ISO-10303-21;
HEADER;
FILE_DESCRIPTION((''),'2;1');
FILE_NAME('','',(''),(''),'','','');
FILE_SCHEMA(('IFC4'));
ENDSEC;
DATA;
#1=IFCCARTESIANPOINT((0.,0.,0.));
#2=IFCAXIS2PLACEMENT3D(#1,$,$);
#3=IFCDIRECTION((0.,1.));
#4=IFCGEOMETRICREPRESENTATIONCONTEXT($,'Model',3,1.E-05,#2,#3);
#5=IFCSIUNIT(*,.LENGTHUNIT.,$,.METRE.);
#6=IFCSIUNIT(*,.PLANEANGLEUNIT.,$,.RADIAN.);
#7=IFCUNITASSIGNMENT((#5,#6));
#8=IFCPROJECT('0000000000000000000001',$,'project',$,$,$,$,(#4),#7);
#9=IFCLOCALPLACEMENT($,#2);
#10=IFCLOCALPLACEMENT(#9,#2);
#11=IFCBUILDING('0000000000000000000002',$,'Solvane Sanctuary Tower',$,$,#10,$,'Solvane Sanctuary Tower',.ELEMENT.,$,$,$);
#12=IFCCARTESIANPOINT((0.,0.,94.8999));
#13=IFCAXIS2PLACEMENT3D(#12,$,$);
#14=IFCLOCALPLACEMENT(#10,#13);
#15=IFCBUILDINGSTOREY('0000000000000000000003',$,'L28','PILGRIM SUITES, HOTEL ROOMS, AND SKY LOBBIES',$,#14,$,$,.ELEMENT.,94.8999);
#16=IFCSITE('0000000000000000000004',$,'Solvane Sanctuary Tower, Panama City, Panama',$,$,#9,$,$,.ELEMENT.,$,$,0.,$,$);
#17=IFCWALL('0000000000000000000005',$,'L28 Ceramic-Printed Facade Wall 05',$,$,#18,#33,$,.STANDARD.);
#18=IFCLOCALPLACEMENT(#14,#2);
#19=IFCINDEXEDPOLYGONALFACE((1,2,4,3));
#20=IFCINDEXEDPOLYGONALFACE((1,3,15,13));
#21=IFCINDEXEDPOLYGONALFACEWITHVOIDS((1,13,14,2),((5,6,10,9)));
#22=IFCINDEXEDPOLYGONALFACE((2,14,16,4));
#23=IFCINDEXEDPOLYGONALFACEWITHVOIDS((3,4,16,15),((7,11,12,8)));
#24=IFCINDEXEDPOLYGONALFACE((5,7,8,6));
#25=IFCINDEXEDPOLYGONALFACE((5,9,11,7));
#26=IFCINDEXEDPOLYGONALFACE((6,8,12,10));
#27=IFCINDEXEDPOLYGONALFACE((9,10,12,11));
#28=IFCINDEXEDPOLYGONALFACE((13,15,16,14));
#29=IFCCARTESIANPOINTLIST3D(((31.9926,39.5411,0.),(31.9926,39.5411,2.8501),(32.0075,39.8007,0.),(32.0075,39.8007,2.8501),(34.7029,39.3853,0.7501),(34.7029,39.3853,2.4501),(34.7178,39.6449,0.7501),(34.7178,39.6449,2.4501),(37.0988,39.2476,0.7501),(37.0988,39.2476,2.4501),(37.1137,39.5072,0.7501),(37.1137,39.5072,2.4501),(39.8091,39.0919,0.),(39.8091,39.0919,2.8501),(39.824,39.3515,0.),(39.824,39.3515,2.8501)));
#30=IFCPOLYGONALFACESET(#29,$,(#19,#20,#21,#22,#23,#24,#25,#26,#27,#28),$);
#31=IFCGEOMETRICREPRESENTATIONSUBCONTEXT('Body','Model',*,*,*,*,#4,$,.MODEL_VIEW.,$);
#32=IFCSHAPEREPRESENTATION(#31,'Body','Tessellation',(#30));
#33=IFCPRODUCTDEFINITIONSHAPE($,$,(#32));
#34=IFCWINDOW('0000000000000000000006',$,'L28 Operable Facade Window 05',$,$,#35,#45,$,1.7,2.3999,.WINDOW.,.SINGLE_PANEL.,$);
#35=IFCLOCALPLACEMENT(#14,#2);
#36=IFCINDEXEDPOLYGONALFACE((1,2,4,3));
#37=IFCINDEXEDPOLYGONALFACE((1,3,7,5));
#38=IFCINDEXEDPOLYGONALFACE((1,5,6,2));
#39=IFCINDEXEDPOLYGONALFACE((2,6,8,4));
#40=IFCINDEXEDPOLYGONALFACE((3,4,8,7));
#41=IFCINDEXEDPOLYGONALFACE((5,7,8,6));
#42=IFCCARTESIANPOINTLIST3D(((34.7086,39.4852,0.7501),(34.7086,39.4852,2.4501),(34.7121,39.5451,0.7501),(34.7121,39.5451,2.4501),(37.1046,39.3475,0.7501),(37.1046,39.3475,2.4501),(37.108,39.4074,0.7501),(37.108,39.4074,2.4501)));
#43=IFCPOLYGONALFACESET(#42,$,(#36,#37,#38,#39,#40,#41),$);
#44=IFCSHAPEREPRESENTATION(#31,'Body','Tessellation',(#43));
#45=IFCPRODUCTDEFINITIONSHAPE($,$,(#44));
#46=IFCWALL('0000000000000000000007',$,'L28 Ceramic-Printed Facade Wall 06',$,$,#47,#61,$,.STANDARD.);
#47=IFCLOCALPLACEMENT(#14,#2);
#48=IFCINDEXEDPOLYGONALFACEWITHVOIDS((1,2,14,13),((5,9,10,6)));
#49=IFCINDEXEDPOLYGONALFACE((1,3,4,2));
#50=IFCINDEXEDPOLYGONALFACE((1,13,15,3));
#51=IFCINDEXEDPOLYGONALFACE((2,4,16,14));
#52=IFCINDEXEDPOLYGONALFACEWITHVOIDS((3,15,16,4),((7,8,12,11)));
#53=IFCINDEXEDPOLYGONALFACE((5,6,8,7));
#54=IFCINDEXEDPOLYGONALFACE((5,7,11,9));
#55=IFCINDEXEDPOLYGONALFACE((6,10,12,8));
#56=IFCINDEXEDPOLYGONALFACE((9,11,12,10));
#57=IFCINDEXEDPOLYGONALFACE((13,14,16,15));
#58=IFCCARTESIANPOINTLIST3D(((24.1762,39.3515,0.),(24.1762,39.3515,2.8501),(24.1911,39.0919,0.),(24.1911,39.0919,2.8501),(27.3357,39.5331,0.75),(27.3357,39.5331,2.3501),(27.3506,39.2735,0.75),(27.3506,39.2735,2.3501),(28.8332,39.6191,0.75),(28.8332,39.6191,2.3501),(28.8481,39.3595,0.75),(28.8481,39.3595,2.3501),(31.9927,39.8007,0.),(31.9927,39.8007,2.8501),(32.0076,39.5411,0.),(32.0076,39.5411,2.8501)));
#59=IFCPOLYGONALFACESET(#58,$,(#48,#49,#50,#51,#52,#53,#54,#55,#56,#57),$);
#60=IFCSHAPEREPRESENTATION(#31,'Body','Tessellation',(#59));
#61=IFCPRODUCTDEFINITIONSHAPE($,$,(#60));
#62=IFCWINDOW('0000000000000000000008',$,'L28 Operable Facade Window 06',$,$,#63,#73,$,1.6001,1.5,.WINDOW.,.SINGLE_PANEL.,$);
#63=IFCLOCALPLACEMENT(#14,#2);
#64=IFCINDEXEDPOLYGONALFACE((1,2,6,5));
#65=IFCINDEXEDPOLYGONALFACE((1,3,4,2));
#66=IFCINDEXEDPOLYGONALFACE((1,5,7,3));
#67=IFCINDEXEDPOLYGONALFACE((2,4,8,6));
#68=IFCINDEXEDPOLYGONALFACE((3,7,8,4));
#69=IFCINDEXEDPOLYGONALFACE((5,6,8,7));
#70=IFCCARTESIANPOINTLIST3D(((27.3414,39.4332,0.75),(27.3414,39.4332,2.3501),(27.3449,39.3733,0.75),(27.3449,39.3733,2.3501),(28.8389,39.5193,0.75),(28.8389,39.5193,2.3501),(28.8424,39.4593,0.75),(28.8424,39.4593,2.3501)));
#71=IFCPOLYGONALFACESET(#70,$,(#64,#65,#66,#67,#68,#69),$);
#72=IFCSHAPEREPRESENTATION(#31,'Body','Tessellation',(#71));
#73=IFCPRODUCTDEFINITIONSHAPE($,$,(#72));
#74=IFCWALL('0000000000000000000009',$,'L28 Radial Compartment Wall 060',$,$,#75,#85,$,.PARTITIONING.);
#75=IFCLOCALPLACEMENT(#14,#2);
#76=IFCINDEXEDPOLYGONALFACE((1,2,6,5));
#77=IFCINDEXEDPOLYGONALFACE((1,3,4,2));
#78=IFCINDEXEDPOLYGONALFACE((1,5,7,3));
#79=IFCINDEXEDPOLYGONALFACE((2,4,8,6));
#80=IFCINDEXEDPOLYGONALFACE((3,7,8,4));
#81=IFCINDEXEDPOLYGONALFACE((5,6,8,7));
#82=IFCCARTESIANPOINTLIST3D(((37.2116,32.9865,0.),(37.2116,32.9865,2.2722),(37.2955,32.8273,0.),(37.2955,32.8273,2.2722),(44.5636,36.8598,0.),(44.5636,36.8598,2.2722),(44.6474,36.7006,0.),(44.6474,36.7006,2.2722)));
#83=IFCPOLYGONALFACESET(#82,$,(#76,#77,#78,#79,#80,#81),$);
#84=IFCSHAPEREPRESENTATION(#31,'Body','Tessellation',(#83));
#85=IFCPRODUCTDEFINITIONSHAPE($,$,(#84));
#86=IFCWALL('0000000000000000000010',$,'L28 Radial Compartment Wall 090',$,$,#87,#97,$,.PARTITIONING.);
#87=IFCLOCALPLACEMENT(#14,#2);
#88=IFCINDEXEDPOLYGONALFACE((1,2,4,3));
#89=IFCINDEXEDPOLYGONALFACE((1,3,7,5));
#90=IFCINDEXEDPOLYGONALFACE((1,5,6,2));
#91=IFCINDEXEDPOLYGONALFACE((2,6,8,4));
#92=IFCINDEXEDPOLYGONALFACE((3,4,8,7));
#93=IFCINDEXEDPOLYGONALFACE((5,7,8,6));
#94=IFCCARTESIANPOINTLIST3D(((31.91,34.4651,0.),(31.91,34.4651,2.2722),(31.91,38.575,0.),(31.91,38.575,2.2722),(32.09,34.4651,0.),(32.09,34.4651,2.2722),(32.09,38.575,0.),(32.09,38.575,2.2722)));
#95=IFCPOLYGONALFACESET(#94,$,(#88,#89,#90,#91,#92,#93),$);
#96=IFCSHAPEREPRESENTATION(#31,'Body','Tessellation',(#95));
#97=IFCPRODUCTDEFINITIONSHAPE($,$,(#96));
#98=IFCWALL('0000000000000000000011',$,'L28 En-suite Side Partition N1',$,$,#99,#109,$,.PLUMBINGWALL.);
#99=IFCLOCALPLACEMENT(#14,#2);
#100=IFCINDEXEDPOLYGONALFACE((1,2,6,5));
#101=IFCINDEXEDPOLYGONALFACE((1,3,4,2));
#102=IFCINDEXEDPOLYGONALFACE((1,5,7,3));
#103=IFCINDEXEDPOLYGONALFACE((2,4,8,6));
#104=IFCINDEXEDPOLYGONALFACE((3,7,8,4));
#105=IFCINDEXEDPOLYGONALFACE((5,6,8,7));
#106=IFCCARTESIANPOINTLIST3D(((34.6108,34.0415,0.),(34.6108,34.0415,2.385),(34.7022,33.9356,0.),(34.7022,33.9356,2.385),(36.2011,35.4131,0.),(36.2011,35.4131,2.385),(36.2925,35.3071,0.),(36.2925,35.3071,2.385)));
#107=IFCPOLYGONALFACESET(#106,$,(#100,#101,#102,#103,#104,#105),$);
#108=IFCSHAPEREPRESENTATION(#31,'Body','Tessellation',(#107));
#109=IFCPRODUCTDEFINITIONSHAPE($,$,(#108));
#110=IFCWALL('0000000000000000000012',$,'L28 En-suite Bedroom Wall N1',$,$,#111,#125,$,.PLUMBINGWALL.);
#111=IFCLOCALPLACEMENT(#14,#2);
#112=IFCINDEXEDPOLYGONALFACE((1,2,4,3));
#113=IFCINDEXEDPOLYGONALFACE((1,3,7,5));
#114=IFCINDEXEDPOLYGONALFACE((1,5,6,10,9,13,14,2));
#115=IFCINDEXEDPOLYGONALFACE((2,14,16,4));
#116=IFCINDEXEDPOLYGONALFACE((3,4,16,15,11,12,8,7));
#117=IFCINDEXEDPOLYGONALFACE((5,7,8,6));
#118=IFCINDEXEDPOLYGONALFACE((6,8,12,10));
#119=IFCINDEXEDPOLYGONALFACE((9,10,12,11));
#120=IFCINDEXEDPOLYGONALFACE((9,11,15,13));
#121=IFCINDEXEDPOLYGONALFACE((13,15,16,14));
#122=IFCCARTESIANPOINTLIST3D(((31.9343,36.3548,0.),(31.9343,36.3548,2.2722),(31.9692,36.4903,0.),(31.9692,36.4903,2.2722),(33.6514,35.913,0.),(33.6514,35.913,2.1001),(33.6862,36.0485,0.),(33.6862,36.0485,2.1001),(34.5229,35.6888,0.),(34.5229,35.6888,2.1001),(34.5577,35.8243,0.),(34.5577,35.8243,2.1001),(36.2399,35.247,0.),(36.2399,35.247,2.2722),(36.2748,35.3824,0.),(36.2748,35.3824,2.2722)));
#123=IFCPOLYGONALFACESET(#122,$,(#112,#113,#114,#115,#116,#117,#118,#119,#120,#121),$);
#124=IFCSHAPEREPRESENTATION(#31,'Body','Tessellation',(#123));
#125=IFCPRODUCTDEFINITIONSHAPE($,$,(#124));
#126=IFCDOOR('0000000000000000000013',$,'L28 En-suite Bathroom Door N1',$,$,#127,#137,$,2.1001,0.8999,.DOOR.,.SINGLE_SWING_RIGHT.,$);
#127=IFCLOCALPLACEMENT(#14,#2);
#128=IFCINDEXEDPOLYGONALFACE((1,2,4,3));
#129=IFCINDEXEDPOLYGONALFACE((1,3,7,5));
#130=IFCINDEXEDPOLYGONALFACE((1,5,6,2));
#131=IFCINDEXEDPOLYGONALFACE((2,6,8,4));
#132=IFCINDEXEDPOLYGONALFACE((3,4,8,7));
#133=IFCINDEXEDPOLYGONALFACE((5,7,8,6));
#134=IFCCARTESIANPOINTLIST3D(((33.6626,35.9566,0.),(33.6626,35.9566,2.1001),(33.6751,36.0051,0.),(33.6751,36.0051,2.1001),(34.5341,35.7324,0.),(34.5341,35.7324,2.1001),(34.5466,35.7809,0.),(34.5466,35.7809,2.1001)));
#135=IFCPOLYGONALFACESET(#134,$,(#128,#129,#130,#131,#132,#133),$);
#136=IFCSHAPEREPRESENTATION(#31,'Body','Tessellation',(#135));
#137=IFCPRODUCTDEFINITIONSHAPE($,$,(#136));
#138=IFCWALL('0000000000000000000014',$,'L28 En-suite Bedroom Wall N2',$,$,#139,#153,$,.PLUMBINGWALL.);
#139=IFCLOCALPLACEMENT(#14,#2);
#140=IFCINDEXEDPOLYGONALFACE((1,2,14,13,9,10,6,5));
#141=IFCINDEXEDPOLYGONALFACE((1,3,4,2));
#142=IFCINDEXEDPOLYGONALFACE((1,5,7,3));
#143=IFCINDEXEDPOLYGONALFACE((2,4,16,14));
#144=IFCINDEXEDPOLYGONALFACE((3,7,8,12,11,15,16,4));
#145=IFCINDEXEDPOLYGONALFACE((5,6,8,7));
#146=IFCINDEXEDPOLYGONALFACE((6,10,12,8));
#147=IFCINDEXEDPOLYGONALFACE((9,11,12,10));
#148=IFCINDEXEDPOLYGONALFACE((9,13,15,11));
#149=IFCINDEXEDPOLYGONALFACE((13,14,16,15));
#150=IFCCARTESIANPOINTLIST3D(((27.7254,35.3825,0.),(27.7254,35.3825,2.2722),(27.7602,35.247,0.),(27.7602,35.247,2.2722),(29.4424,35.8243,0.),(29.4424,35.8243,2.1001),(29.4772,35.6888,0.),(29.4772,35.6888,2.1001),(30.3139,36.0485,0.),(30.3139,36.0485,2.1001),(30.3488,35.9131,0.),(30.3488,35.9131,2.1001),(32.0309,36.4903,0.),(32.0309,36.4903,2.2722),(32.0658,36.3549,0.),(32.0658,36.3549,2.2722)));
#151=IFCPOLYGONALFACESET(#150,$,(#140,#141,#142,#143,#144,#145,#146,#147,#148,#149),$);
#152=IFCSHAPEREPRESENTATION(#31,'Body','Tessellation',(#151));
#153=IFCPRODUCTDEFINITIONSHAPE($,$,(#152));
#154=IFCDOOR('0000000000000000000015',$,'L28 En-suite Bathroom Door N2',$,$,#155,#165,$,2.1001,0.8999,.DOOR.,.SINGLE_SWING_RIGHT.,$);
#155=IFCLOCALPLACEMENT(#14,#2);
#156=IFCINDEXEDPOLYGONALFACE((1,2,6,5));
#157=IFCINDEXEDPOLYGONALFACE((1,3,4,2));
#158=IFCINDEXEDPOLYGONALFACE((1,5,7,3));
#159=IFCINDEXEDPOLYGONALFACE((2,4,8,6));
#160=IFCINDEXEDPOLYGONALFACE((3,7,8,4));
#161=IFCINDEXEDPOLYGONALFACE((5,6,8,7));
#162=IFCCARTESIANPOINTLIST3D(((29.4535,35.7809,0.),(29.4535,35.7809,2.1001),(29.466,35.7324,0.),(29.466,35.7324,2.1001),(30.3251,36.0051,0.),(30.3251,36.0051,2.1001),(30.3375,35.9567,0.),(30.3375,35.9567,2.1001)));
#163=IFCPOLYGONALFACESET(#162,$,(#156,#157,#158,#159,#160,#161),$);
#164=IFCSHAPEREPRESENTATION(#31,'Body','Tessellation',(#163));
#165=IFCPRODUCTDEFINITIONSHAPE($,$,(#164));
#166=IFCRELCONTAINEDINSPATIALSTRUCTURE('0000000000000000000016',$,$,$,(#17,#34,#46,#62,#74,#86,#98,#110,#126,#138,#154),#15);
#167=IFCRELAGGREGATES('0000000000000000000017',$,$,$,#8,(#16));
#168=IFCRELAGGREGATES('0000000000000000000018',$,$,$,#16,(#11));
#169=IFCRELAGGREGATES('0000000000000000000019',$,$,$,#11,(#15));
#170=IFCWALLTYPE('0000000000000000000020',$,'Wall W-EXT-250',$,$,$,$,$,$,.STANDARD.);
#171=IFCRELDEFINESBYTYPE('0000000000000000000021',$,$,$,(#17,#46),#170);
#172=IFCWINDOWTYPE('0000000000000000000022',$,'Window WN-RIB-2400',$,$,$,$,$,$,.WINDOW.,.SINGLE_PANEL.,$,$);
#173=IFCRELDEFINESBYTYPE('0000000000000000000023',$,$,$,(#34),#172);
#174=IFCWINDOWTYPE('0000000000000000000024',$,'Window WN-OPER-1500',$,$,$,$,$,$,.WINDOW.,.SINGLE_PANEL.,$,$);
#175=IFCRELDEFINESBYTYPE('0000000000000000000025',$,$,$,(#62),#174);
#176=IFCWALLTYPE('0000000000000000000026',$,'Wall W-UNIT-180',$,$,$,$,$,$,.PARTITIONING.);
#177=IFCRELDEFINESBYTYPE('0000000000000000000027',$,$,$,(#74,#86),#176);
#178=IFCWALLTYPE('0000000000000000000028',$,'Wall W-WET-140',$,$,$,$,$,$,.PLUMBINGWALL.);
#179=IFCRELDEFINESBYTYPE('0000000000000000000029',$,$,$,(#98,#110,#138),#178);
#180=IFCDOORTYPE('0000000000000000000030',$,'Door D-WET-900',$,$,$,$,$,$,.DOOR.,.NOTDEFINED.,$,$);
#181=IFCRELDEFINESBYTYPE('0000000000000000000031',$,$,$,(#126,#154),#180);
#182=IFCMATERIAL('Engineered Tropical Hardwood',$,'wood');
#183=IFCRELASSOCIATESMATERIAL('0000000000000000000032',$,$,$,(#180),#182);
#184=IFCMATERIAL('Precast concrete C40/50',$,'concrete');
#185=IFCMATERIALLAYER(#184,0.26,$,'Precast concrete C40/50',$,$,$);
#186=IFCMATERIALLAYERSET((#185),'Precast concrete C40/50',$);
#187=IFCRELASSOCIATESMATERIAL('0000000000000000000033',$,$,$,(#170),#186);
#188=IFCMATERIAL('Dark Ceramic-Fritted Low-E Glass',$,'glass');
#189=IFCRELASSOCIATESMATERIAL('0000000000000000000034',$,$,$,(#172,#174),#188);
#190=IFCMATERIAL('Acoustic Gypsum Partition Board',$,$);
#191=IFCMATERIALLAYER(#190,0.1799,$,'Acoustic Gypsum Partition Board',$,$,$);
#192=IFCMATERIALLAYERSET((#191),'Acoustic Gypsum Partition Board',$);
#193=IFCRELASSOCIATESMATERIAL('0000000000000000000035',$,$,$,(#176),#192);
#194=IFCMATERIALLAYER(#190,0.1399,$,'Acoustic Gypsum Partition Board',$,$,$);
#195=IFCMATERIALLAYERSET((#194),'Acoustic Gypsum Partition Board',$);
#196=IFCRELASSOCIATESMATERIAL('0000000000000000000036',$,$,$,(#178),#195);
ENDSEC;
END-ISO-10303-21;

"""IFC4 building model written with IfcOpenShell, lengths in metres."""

from ifc_helpers import new_model, si_unit, direction, frame, frame_2d, origin, place, context, subcontext, project, spatial, rectangle, extrude, material, layer, layer_set, type_object, element, fill, save


model = new_model("IFC4")

# Units and contexts
model_context = context("Model", 3, precision=1e-05, world=origin(), true_north=direction((0.0, 1.0)))
body_context = subcontext(model_context, "Body", "Model", "MODEL_VIEW")
ifc_project = project(units=[si_unit("LENGTHUNIT", "METRE"), si_unit("PLANEANGLEUNIT", "RADIAN")], contexts=[model_context])

# Site, building, storey
site_placement = place(None, origin())
site = spatial("IfcSite", under=ifc_project, at=site_placement, Name="Solvane Sanctuary Tower, Panama City, Panama", CompositionType="ELEMENT", RefElevation=0.0)
building_placement = place(site_placement, origin())
building = spatial("IfcBuilding", under=site, at=building_placement, Name="Solvane Sanctuary Tower", LongName="Solvane Sanctuary Tower", CompositionType="ELEMENT")
storey_placement = place(building_placement, frame((0.0, 0.0, 94.8999)))
storey = spatial("IfcBuildingStorey", under=building, at=storey_placement, Name="L28", Description="PILGRIM SUITES, HOTEL ROOMS, AND SKY LOBBIES", CompositionType="ELEMENT", Elevation=94.8999)

# Shared definitions
ifc_material_1 = material(Name="Acoustic Gypsum Partition Board")

# Shared definitions
ifc_material_2 = material(Name="Engineered Tropical Hardwood", Category="wood")
door_type_1 = type_object("IfcDoorType", Name="Door D-WET-900", OperationType="NOTDEFINED", PredefinedType="DOOR", material=ifc_material_2)

# Walls, openings, windows
ifc_material_3 = material(Name="Precast concrete C40/50", Category="concrete")
ifc_layer_1 = layer(ifc_material_3, 0.26, Name="Precast concrete C40/50")
ifc_layer_set_1 = layer_set([ifc_layer_1], Name="Precast concrete C40/50")
wall_type_1 = type_object("IfcWallType", Name="Wall W-EXT-250", PredefinedType="STANDARD", material=ifc_layer_set_1)
wall_1_placement = place(storey_placement, frame((39.8164, 39.2217, 0.0), z_axis=(0.0, 0.0, 1.0), x_axis=(-0.998353, 0.057377, 0.0)))
wall_1 = element("IfcWall", 1, at=wall_1_placement, inside=storey, type_object=wall_type_1, Name="L28 Ceramic-Printed Facade Wall 05", PredefinedType="STANDARD", context=body_context, shape_type="SweptSolid", body=[
    extrude(rectangle(XDim=7.8293, YDim=0.26, at=frame_2d((3.9146, 0.0))), origin(), (0.0, 0.0, 1.0), 2.8501),
])
opening_1_placement = place(wall_1_placement, frame((2.7146, 0.0, 0.75)))
opening_1 = element("IfcOpeningElement", 2, at=opening_1_placement, cuts=wall_1, PredefinedType="OPENING", context=body_context, shape_type="SweptSolid", body=[
    extrude(rectangle(XDim=2.3999, YDim=1.7, at=frame_2d((1.2, 0.8501))), frame((0.0, 0.1399, 0.0), z_axis=(0.0, -1.0, 0.0), x_axis=(1.0, 0.0, 0.0)), (0.0, 0.0, 1.0), 0.28),
])
ifc_material_4 = material(Name="Dark Ceramic-Fritted Low-E Glass", Category="glass")
window_type_1 = type_object("IfcWindowType", Name="Window WN-RIB-2400", PartitioningType="SINGLE_PANEL", PredefinedType="WINDOW", material=ifc_material_4)
window_1_placement = place(opening_1_placement, origin())
window_1 = element("IfcWindow", 3, at=window_1_placement, inside=storey, type_object=window_type_1, Name="L28 Operable Facade Window 05", OverallHeight=1.7, OverallWidth=2.3999, PartitioningType="SINGLE_PANEL", PredefinedType="WINDOW", context=body_context, shape_type="SweptSolid", body=[
    extrude(rectangle(XDim=2.3999, YDim=1.7, at=frame_2d((1.2, 0.8501))), frame((0.0, 0.03, 0.0), z_axis=(0.0, -1.0, 0.0), x_axis=(1.0, 0.0, 0.0)), (0.0, 0.0, 1.0), 0.0601),
])
fill(opening_1, window_1)
wall_2_placement = place(storey_placement, frame((32.0, 39.6709, 0.0), z_axis=(0.0, 0.0, 1.0), x_axis=(-0.998353, -0.057377, 0.0)))
wall_2 = element("IfcWall", 4, at=wall_2_placement, inside=storey, type_object=wall_type_1, Name="L28 Ceramic-Printed Facade Wall 06", PredefinedType="STANDARD", context=body_context, shape_type="SweptSolid", body=[
    extrude(rectangle(XDim=7.8293, YDim=0.26, at=frame_2d((3.9146, 0.0))), origin(), (0.0, 0.0, 1.0), 2.8501),
])
opening_2_placement = place(wall_2_placement, frame((3.1646, 0.0, 0.75)))
opening_2 = element("IfcOpeningElement", 5, at=opening_2_placement, cuts=wall_2, PredefinedType="OPENING", context=body_context, shape_type="SweptSolid", body=[
    extrude(rectangle(XDim=1.5, YDim=1.6001, at=frame_2d((0.75, 0.8))), frame((0.0, 0.1399, 0.0), z_axis=(0.0, -1.0, 0.0), x_axis=(1.0, 0.0, 0.0)), (0.0, 0.0, 1.0), 0.28),
])
window_type_2 = type_object("IfcWindowType", Name="Window WN-OPER-1500", PartitioningType="SINGLE_PANEL", PredefinedType="WINDOW", material=ifc_material_4)
window_2_placement = place(opening_2_placement, origin())
window_2 = element("IfcWindow", 6, at=window_2_placement, inside=storey, type_object=window_type_2, Name="L28 Operable Facade Window 06", OverallHeight=1.6001, OverallWidth=1.5, PartitioningType="SINGLE_PANEL", PredefinedType="WINDOW", context=body_context, shape_type="SweptSolid", body=[
    extrude(rectangle(XDim=1.5, YDim=1.6001, at=frame_2d((0.75, 0.8))), frame((0.0, 0.03, 0.0), z_axis=(0.0, -1.0, 0.0), x_axis=(1.0, 0.0, 0.0)), (0.0, 0.0, 1.0), 0.0601),
])
fill(opening_2, window_2)

# Walls
ifc_layer_2 = layer(ifc_material_1, 0.1799, Name="Acoustic Gypsum Partition Board")
ifc_layer_set_2 = layer_set([ifc_layer_2], Name="Acoustic Gypsum Partition Board")
wall_type_2 = type_object("IfcWallType", Name="Wall W-UNIT-180", PredefinedType="PARTITIONING", material=ifc_layer_set_2)
wall_3_placement = place(storey_placement, frame((37.2537, 32.907, 0.0), z_axis=(0.0, 0.0, 1.0), x_axis=(0.88473, 0.466104, 0.0)))
element("IfcWall", 7, at=wall_3_placement, inside=storey, type_object=wall_type_2, Name="L28 Radial Compartment Wall 060", PredefinedType="PARTITIONING", context=body_context, shape_type="SweptSolid", body=[
    extrude(rectangle(XDim=8.3098, YDim=0.1799, at=frame_2d((4.1548, 0.0))), origin(), (0.0, 0.0, 1.0), 2.2722),
])
wall_4_placement = place(storey_placement, frame((32.0, 34.4651, 0.0), z_axis=(0.0, 0.0, 1.0), x_axis=(0.0, 1.0, 0.0)))
element("IfcWall", 8, at=wall_4_placement, inside=storey, type_object=wall_type_2, Name="L28 Radial Compartment Wall 090", PredefinedType="PARTITIONING", context=body_context, shape_type="SweptSolid", body=[
    extrude(rectangle(XDim=4.1099, YDim=0.1799, at=frame_2d((2.0549, 0.0))), origin(), (0.0, 0.0, 1.0), 2.2722),
])
ifc_layer_3 = layer(ifc_material_1, 0.1399, Name="Acoustic Gypsum Partition Board")
ifc_layer_set_3 = layer_set([ifc_layer_3], Name="Acoustic Gypsum Partition Board")
wall_type_3 = type_object("IfcWallType", Name="Wall W-WET-140", PredefinedType="PLUMBINGWALL", material=ifc_layer_set_3)
wall_5_placement = place(storey_placement, frame((34.6565, 33.9885, 0.0), z_axis=(0.0, 0.0, 1.0), x_axis=(0.757267, 0.653105, 0.0)))
element("IfcWall", 9, at=wall_5_placement, inside=storey, type_object=wall_type_3, Name="L28 En-suite Side Partition N1", PredefinedType="PLUMBINGWALL", context=body_context, shape_type="SweptSolid", body=[
    extrude(rectangle(XDim=2.1001, YDim=0.1399, at=frame_2d((1.05, 0.0))), origin(), (0.0, 0.0, 1.0), 2.385),
])

# Walls, openings, doors
wall_6_placement = place(storey_placement, frame((36.2573, 35.3147, 0.0), z_axis=(0.0, 0.0, 1.0), x_axis=(-0.968453, 0.249197, 0.0)))
wall_6 = element("IfcWall", 10, at=wall_6_placement, inside=storey, type_object=wall_type_3, Name="L28 En-suite Bedroom Wall N1", PredefinedType="PLUMBINGWALL", context=body_context, shape_type="SweptSolid", body=[
    extrude(rectangle(XDim=4.4458, YDim=0.1399, at=frame_2d((2.2229, 0.0))), origin(), (0.0, 0.0, 1.0), 2.2722),
])
opening_3_placement = place(wall_6_placement, frame((1.7729, 0.0, 0.0)))
opening_3 = element("IfcOpeningElement", 11, at=opening_3_placement, cuts=wall_6, PredefinedType="OPENING", context=body_context, shape_type="SweptSolid", body=[
    extrude(rectangle(XDim=0.8999, YDim=2.1001, at=frame_2d((0.45, 1.05))), frame((0.0, 0.0798, 0.0), z_axis=(0.0, -1.0, 0.0), x_axis=(1.0, 0.0, 0.0)), (0.0, 0.0, 1.0), 0.1599),
])
door_1_placement = place(opening_3_placement, origin())
door_1 = element("IfcDoor", 12, at=door_1_placement, inside=storey, type_object=door_type_1, Name="L28 En-suite Bathroom Door N1", OperationType="SINGLE_SWING_RIGHT", OverallHeight=2.1001, OverallWidth=0.8999, PredefinedType="DOOR", context=body_context, shape_type="SweptSolid", body=[
    extrude(rectangle(XDim=0.8999, YDim=2.1001, at=frame_2d((0.45, 1.05))), frame((0.0, 0.0249, 0.0), z_axis=(0.0, -1.0, 0.0), x_axis=(1.0, 0.0, 0.0)), (0.0, 0.0, 1.0), 0.05),
])
fill(opening_3, door_1)
wall_7_placement = place(storey_placement, frame((32.0483, 36.4226, 0.0), z_axis=(0.0, 0.0, 1.0), x_axis=(-0.968453, -0.249197, 0.0)))
wall_7 = element("IfcWall", 13, at=wall_7_placement, inside=storey, type_object=wall_type_3, Name="L28 En-suite Bedroom Wall N2", PredefinedType="PLUMBINGWALL", context=body_context, shape_type="SweptSolid", body=[
    extrude(rectangle(XDim=4.4458, YDim=0.1399, at=frame_2d((2.2229, 0.0))), origin(), (0.0, 0.0, 1.0), 2.2722),
])
opening_4_placement = place(wall_7_placement, frame((1.7729, 0.0, 0.0)))
opening_4 = element("IfcOpeningElement", 14, at=opening_4_placement, cuts=wall_7, PredefinedType="OPENING", context=body_context, shape_type="SweptSolid", body=[
    extrude(rectangle(XDim=0.8999, YDim=2.1001, at=frame_2d((0.45, 1.05))), frame((0.0, 0.0798, 0.0), z_axis=(0.0, -1.0, 0.0), x_axis=(1.0, 0.0, 0.0)), (0.0, 0.0, 1.0), 0.1599),
])
door_2_placement = place(opening_4_placement, origin())
door_2 = element("IfcDoor", 15, at=door_2_placement, inside=storey, type_object=door_type_1, Name="L28 En-suite Bathroom Door N2", OperationType="SINGLE_SWING_RIGHT", OverallHeight=2.1001, OverallWidth=0.8999, PredefinedType="DOOR", context=body_context, shape_type="SweptSolid", body=[
    extrude(rectangle(XDim=0.8999, YDim=2.1001, at=frame_2d((0.45, 1.05))), frame((0.0, 0.0249, 0.0), z_axis=(0.0, -1.0, 0.0), x_axis=(1.0, 0.0, 0.0)), (0.0, 0.0, 1.0), 0.05),
])
fill(opening_4, door_2)

save(model, "model.ifc")
